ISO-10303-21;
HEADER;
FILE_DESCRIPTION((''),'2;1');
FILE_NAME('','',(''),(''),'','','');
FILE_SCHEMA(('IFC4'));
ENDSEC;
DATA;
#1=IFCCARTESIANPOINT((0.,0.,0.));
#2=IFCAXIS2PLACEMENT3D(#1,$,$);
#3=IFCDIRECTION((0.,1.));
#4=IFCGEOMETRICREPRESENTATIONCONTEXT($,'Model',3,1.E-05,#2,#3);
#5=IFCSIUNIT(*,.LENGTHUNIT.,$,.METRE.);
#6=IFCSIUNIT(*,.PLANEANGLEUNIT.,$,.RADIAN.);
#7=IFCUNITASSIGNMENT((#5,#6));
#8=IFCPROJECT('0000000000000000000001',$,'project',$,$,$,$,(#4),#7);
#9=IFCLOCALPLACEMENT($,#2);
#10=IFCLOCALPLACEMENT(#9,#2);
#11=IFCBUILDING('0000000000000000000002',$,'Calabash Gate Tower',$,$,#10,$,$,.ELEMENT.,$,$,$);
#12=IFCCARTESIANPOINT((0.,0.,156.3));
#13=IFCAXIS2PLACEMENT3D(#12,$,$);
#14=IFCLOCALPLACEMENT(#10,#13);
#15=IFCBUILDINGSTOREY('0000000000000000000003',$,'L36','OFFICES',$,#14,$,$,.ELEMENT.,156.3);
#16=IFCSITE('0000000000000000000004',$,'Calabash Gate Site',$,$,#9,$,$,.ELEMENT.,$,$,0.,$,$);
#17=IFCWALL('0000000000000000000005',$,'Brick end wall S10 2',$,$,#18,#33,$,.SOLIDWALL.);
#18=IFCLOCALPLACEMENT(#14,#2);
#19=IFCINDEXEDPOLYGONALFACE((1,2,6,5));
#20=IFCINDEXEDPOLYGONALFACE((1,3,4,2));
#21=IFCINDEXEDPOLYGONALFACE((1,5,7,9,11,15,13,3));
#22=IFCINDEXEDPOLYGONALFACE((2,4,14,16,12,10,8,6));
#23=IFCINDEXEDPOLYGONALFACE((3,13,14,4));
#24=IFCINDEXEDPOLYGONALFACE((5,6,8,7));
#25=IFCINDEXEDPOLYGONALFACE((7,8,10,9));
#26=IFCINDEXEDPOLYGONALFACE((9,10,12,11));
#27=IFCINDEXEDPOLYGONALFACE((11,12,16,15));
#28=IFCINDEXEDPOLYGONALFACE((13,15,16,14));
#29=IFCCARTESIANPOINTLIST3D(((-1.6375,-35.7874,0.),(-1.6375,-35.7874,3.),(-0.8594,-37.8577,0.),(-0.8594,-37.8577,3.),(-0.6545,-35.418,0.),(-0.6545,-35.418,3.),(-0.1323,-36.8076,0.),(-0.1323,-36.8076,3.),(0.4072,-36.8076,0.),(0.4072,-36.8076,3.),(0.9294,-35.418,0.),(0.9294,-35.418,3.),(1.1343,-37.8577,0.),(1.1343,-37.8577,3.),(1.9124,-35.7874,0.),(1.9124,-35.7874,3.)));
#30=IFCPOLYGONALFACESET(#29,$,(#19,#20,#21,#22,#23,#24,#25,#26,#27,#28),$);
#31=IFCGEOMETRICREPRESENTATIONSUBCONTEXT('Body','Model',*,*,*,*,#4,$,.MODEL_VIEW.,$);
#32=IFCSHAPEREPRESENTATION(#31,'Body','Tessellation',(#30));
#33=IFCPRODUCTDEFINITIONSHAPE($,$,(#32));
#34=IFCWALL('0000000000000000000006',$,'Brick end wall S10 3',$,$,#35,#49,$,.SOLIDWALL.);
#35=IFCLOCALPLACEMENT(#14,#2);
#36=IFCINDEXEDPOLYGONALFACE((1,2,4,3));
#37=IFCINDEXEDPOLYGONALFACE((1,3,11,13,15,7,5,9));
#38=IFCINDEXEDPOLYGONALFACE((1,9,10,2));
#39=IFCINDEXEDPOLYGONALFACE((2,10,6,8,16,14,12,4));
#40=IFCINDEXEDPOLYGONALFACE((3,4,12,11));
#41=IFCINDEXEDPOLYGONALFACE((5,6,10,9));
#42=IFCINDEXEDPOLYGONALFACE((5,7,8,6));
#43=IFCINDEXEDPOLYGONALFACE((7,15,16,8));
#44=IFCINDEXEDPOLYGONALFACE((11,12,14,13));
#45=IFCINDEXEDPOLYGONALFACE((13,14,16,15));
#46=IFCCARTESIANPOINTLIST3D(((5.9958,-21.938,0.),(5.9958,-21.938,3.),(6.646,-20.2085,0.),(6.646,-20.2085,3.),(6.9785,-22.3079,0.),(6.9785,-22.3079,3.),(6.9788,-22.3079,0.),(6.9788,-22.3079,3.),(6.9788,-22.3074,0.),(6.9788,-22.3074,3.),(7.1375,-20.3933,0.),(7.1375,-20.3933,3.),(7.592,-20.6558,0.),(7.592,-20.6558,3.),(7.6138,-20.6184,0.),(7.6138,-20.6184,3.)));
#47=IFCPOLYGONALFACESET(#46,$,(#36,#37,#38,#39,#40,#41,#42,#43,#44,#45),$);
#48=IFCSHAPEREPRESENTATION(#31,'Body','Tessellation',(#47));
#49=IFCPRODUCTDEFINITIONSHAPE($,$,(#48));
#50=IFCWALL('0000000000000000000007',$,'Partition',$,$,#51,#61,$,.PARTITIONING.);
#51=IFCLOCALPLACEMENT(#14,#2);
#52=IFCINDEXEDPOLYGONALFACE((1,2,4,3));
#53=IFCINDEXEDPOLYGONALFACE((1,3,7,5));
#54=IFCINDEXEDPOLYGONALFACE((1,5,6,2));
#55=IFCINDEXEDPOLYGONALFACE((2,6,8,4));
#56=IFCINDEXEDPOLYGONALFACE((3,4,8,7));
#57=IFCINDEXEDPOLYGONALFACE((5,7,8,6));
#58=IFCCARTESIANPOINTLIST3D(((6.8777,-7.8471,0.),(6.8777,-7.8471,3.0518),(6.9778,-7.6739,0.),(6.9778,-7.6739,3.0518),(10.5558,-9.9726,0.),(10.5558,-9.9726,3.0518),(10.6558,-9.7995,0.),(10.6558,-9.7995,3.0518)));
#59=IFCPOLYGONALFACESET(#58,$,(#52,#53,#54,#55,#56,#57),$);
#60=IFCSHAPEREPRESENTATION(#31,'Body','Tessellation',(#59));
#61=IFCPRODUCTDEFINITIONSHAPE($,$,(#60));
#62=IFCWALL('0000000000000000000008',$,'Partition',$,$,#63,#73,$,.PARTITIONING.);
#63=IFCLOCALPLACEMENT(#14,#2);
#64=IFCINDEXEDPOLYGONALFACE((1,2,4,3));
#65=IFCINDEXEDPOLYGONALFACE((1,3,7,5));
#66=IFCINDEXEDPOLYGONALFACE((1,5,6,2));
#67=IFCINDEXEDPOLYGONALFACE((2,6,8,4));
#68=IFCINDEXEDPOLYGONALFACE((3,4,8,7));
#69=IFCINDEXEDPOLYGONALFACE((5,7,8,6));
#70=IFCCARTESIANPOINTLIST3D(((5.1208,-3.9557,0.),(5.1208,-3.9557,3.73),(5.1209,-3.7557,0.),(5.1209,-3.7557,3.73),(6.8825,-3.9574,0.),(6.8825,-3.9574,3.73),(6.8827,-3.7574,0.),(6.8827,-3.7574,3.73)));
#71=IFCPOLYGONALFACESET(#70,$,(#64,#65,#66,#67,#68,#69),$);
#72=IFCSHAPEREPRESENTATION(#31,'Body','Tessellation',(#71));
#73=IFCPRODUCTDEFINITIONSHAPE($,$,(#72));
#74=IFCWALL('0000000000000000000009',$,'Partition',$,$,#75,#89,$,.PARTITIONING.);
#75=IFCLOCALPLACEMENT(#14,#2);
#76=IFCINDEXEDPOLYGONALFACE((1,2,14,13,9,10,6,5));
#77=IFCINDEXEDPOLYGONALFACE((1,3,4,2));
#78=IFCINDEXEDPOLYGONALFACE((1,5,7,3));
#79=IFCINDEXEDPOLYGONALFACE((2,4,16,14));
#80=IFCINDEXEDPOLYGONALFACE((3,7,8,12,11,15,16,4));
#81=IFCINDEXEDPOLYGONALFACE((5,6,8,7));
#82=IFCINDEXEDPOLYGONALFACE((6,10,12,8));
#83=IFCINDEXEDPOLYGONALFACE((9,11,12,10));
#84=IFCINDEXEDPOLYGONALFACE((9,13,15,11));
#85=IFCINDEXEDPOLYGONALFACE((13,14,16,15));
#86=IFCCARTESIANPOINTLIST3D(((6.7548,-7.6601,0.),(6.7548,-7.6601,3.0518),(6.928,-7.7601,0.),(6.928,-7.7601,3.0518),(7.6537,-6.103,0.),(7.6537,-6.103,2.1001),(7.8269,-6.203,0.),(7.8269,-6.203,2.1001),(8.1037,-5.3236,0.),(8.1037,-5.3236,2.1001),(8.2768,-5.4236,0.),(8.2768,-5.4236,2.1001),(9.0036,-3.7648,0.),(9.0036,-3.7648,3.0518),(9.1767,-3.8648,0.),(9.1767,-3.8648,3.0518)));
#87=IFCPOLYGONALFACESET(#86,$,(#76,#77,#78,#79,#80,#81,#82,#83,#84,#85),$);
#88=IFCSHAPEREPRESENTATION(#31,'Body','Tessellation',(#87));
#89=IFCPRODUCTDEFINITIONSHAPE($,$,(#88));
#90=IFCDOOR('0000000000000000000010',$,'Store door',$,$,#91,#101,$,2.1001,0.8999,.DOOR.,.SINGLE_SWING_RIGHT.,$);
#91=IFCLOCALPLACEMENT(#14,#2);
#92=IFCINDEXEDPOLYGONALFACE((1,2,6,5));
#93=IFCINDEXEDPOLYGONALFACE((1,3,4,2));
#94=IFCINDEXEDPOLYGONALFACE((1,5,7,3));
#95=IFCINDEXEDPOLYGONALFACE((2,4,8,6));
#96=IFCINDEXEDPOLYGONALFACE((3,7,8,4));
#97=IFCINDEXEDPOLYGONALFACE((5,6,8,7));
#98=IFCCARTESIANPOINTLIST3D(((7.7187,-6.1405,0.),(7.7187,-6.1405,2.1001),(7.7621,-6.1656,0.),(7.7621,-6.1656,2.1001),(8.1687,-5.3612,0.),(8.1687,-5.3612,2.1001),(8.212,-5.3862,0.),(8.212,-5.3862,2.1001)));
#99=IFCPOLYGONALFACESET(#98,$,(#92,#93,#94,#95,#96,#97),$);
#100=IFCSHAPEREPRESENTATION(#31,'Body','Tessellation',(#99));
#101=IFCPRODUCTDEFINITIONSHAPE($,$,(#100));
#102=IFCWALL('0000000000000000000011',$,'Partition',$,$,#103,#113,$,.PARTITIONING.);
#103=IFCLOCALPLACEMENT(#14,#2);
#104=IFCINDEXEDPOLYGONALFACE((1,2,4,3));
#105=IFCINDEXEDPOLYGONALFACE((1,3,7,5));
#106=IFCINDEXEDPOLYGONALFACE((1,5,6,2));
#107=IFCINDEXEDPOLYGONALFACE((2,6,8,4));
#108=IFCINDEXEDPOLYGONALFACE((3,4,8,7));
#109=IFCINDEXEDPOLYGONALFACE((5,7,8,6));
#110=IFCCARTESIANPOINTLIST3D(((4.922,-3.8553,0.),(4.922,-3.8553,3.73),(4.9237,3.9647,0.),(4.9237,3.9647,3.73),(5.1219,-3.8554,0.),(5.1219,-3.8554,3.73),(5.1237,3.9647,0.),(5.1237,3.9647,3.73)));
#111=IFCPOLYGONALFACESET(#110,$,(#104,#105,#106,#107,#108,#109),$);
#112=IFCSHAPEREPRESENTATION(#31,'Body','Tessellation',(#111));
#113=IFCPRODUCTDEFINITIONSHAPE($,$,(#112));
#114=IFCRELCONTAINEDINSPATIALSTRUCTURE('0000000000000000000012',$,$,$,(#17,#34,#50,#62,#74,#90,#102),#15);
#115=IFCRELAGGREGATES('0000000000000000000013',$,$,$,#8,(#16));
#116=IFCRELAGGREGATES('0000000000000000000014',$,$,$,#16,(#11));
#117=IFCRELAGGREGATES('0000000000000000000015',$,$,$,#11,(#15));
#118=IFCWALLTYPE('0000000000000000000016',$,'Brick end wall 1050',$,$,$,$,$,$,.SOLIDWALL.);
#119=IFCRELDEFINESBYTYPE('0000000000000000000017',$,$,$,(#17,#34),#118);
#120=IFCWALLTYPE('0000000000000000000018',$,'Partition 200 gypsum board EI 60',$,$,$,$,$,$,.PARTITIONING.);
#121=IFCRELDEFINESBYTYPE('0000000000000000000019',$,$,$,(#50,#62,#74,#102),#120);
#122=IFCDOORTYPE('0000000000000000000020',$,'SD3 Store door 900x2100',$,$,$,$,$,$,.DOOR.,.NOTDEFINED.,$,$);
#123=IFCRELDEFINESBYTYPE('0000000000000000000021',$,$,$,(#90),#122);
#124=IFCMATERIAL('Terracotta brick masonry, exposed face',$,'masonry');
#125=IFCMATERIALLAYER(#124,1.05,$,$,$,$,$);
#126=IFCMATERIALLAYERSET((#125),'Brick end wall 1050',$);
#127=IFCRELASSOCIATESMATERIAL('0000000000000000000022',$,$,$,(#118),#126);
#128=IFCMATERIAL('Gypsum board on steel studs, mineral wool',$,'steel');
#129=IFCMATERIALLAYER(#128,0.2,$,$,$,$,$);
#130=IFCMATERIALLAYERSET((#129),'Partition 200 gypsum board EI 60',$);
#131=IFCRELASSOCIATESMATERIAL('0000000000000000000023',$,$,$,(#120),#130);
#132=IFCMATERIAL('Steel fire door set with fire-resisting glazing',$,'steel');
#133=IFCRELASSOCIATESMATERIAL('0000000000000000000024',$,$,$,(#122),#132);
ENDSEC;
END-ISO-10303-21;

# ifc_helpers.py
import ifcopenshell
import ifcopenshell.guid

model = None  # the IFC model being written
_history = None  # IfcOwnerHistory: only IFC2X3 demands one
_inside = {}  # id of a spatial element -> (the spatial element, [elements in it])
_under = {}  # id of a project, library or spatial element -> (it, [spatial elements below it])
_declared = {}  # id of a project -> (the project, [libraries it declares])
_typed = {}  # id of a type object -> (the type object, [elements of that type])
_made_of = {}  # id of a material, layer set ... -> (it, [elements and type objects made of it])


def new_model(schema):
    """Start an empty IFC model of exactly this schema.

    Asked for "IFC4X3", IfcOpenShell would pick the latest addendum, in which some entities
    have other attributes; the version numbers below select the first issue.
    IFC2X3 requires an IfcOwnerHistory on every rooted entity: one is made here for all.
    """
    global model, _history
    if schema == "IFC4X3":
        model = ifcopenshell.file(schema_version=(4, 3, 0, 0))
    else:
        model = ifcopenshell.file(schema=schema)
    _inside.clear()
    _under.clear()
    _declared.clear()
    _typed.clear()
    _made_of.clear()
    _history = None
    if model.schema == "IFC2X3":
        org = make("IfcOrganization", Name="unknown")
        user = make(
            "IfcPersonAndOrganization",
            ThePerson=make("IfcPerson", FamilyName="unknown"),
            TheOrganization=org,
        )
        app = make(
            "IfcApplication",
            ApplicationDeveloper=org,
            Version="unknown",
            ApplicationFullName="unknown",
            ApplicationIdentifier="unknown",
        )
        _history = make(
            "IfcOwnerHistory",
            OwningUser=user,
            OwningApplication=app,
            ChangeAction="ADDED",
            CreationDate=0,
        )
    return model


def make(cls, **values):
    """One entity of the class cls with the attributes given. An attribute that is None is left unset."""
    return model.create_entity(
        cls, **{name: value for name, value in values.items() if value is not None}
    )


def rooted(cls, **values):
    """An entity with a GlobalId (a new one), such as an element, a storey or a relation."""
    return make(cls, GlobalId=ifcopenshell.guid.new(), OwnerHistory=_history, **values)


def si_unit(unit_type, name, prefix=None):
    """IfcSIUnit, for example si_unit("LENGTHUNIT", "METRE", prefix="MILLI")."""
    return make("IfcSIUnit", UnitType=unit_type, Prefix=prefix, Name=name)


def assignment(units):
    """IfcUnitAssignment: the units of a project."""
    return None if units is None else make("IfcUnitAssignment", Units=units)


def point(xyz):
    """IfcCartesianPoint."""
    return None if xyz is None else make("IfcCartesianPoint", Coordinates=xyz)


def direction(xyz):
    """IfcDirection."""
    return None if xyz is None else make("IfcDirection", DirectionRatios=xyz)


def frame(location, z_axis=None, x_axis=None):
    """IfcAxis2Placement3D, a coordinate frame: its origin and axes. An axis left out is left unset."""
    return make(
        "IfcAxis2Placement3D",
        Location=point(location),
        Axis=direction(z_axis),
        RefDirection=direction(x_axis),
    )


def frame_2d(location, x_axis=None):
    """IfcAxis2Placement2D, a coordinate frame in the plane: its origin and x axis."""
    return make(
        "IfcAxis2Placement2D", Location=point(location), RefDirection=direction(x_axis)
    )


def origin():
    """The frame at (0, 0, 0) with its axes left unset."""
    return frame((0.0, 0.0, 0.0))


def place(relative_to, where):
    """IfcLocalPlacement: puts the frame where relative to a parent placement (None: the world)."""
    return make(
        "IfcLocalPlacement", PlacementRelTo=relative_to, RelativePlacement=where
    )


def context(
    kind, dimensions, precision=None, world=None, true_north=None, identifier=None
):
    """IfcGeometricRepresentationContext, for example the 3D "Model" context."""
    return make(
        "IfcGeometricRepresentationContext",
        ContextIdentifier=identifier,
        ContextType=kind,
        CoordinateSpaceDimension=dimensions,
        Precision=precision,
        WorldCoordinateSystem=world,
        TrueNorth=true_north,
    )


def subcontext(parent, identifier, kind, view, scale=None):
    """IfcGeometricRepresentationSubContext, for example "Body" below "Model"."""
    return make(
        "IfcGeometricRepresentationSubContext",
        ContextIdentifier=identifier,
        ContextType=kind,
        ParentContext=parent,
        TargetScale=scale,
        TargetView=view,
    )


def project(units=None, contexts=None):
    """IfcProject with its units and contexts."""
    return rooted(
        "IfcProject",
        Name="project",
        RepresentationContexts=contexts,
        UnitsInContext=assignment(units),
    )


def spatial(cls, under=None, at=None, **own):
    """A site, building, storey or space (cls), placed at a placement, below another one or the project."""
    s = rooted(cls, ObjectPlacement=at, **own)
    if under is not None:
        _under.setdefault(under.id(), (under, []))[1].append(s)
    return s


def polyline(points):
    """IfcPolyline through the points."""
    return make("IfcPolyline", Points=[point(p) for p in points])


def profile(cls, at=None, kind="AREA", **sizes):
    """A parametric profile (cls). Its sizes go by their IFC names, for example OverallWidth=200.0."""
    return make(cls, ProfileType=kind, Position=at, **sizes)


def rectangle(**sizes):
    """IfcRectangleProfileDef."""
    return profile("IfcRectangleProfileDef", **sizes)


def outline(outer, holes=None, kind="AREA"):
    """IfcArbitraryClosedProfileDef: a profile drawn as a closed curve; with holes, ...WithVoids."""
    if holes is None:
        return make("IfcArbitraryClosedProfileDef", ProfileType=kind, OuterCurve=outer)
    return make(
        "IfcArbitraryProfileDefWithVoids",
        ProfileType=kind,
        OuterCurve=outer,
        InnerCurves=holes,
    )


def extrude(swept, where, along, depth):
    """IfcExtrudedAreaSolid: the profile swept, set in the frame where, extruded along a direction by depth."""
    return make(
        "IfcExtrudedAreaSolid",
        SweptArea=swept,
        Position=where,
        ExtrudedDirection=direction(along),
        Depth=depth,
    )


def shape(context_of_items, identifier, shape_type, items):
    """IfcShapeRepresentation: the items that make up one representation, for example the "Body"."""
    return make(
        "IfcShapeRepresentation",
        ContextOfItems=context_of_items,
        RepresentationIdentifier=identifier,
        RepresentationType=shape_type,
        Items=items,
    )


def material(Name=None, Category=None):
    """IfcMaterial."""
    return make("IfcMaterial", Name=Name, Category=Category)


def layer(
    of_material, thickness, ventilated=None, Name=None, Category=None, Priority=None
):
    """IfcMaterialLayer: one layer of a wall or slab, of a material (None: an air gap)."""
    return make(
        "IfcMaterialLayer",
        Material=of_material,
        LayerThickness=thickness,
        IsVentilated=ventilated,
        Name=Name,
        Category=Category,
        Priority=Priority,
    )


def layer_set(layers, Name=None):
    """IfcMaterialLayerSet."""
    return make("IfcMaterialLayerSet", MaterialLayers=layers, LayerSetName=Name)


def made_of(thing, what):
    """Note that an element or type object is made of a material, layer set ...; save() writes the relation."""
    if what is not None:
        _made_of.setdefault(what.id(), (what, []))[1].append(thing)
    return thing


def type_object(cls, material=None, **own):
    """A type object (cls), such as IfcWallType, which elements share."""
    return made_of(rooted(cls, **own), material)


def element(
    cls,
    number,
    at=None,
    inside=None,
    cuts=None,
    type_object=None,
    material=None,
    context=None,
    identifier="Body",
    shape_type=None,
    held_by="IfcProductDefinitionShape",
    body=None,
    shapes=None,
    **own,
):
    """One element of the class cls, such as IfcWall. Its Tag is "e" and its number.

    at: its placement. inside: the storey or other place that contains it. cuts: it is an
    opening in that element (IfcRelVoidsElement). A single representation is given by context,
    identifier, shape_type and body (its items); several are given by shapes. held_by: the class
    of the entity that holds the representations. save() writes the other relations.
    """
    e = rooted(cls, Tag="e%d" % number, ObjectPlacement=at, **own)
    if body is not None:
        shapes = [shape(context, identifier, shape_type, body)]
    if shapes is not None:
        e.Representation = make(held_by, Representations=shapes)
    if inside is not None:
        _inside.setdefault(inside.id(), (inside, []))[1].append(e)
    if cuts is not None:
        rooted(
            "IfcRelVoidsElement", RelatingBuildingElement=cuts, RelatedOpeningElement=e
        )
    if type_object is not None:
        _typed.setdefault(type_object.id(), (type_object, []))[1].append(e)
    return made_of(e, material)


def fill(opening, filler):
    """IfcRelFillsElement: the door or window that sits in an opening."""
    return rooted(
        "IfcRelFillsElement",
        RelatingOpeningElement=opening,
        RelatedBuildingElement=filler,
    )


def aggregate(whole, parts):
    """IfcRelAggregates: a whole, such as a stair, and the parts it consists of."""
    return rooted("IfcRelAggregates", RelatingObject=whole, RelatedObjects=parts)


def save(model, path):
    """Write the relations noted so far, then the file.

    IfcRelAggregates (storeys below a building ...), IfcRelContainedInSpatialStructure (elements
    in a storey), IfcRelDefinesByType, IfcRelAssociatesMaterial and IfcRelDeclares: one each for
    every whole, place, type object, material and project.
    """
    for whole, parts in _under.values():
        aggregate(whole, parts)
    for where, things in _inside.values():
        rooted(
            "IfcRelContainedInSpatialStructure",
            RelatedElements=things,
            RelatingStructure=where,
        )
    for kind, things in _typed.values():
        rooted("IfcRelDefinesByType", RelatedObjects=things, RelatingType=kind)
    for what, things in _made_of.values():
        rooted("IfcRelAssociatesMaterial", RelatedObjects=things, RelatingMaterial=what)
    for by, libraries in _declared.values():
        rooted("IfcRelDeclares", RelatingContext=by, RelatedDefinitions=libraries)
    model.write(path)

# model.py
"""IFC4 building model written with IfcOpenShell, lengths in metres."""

from ifc_helpers import new_model, si_unit, direction, frame, frame_2d, origin, place, context, subcontext, project, spatial, polyline, rectangle, outline, extrude, material, layer, layer_set, type_object, element, fill, save


model = new_model("IFC4")

# Units and contexts
model_context = context("Model", 3, precision=1e-05, world=origin(), true_north=direction((0.0, 1.0)))
body_context = subcontext(model_context, "Body", "Model", "MODEL_VIEW")
ifc_project = project(units=[si_unit("LENGTHUNIT", "METRE"), si_unit("PLANEANGLEUNIT", "RADIAN")], contexts=[model_context])

# Site, building, storey
site_placement = place(None, origin())
site = spatial("IfcSite", under=ifc_project, at=site_placement, Name="Calabash Gate Site", CompositionType="ELEMENT", RefElevation=0.0)
building_placement = place(site_placement, origin())
building = spatial("IfcBuilding", under=site, at=building_placement, Name="Calabash Gate Tower", CompositionType="ELEMENT")
storey_placement = place(building_placement, frame((0.0, 0.0, 156.3)))
storey = spatial("IfcBuildingStorey", under=building, at=storey_placement, Name="L36", Description="OFFICES", CompositionType="ELEMENT", Elevation=156.3)

# Walls
ifc_material_1 = material(Name="Terracotta brick masonry, exposed face", Category="masonry")
ifc_layer_1 = layer(ifc_material_1, 1.05)
ifc_layer_set_1 = layer_set([ifc_layer_1], Name="Brick end wall 1050")
wall_type_1 = type_object("IfcWallType", Name="Brick end wall 1050", PredefinedType="SOLIDWALL", material=ifc_layer_set_1)
wall_1_placement = place(storey_placement, origin())
element("IfcWall", 1, at=wall_1_placement, inside=storey, type_object=wall_type_1, Name="Brick end wall S10 2", PredefinedType="SOLIDWALL", context=body_context, shape_type="SweptSolid", body=[
    extrude(outline(polyline([(-0.1323, -36.8076), (-0.6545, -35.418), (-1.6375, -35.7874), (-0.8594, -37.8577), (1.1343, -37.8577), (1.9124, -35.7874), (0.9294, -35.418), (0.4072, -36.8076), (-0.1323, -36.8076)])), origin(), (0.0, 0.0, 1.0), 3.0),
])
wall_2_placement = place(storey_placement, origin())
element("IfcWall", 2, at=wall_2_placement, inside=storey, type_object=wall_type_1, Name="Brick end wall S10 3", PredefinedType="SOLIDWALL", context=body_context, shape_type="SweptSolid", body=[
    extrude(outline(polyline([(6.9788, -22.3074), (6.9785, -22.3079), (6.9788, -22.3079), (7.6138, -20.6184), (7.592, -20.6558), (7.1375, -20.3933), (6.646, -20.2085), (5.9958, -21.938), (6.9788, -22.3074)])), origin(), (0.0, 0.0, 1.0), 3.0),
])
ifc_material_2 = material(Name="Gypsum board on steel studs, mineral wool", Category="steel")
ifc_layer_2 = layer(ifc_material_2, 0.2)
ifc_layer_set_2 = layer_set([ifc_layer_2], Name="Partition 200 gypsum board EI 60")
wall_type_2 = type_object("IfcWallType", Name="Partition 200 gypsum board EI 60", PredefinedType="PARTITIONING", material=ifc_layer_set_2)
wall_3_placement = place(storey_placement, frame((6.9277, -7.7605, 0.0), z_axis=(0.0, 0.0, 1.0), x_axis=(0.865821, -0.500354, 0.0)))
element("IfcWall", 3, at=wall_3_placement, inside=storey, type_object=wall_type_2, Name="Partition", PredefinedType="PARTITIONING", context=body_context, shape_type="SweptSolid", body=[
    extrude(rectangle(XDim=4.248, YDim=0.2, at=frame_2d((2.124, 0.0))), origin(), (0.0, 0.0, 1.0), 3.0518),
])
wall_4_placement = place(storey_placement, frame((5.1208, -3.8557, 0.0), z_axis=(0.0, 0.0, 1.0), x_axis=(1.0, -0.00097, 0.0)))
element("IfcWall", 4, at=wall_4_placement, inside=storey, type_object=wall_type_2, Name="Partition", PredefinedType="PARTITIONING", context=body_context, shape_type="SweptSolid", body=[
    extrude(rectangle(XDim=1.7617, YDim=0.2, at=frame_2d((0.8809, 0.0))), origin(), (0.0, 0.0, 1.0), 3.73),
])

# Wall, opening, door
wall_5_placement = place(storey_placement, frame((6.8413, -7.7102, 0.0), z_axis=(0.0, 0.0, 1.0), x_axis=(0.499975, 0.86604, 0.0)))
wall_5 = element("IfcWall", 5, at=wall_5_placement, inside=storey, type_object=wall_type_2, Name="Partition", PredefinedType="PARTITIONING", context=body_context, shape_type="SweptSolid", body=[
    extrude(rectangle(XDim=4.4978, YDim=0.2, at=frame_2d((2.249, 0.0))), origin(), (0.0, 0.0, 1.0), 3.0518),
])
opening_placement = place(wall_5_placement, frame((1.7981, 0.0, 0.0)))
opening = element("IfcOpeningElement", 6, at=opening_placement, cuts=wall_5, PredefinedType="OPENING", context=body_context, shape_type="SweptSolid", body=[
    extrude(rectangle(XDim=0.8999, YDim=2.1001, at=frame_2d((0.45, 1.05))), frame((0.0, 0.1099, 0.0), z_axis=(0.0, -1.0, 0.0), x_axis=(1.0, 0.0, 0.0)), (0.0, 0.0, 1.0), 0.22),
])
ifc_material_3 = material(Name="Steel fire door set with fire-resisting glazing", Category="steel")
door_type = type_object("IfcDoorType", Name="SD3 Store door 900x2100", OperationType="NOTDEFINED", PredefinedType="DOOR", material=ifc_material_3)
door_placement = place(opening_placement, origin())
door = element("IfcDoor", 7, at=door_placement, inside=storey, type_object=door_type, Name="Store door", OperationType="SINGLE_SWING_RIGHT", OverallHeight=2.1001, OverallWidth=0.8999, PredefinedType="DOOR", context=body_context, shape_type="SweptSolid", body=[
    extrude(rectangle(XDim=0.8999, YDim=2.1001, at=frame_2d((0.45, 1.05))), frame((0.0, 0.0249, 0.0), z_axis=(0.0, -1.0, 0.0), x_axis=(1.0, 0.0, 0.0)), (0.0, 0.0, 1.0), 0.05),
])
fill(opening, door)

# Wall
wall_6_placement = place(storey_placement, frame((5.022, -3.8555, 0.0), z_axis=(0.0, 0.0, 1.0), x_axis=(0.000219, 1.0, 0.0)))
element("IfcWall", 8, at=wall_6_placement, inside=storey, type_object=wall_type_2, Name="Partition", PredefinedType="PARTITIONING", context=body_context, shape_type="SweptSolid", body=[
    extrude(rectangle(XDim=7.8201, YDim=0.2, at=frame_2d((3.9102, 0.0))), origin(), (0.0, 0.0, 1.0), 3.73),
])

save(model, "model.ifc")
